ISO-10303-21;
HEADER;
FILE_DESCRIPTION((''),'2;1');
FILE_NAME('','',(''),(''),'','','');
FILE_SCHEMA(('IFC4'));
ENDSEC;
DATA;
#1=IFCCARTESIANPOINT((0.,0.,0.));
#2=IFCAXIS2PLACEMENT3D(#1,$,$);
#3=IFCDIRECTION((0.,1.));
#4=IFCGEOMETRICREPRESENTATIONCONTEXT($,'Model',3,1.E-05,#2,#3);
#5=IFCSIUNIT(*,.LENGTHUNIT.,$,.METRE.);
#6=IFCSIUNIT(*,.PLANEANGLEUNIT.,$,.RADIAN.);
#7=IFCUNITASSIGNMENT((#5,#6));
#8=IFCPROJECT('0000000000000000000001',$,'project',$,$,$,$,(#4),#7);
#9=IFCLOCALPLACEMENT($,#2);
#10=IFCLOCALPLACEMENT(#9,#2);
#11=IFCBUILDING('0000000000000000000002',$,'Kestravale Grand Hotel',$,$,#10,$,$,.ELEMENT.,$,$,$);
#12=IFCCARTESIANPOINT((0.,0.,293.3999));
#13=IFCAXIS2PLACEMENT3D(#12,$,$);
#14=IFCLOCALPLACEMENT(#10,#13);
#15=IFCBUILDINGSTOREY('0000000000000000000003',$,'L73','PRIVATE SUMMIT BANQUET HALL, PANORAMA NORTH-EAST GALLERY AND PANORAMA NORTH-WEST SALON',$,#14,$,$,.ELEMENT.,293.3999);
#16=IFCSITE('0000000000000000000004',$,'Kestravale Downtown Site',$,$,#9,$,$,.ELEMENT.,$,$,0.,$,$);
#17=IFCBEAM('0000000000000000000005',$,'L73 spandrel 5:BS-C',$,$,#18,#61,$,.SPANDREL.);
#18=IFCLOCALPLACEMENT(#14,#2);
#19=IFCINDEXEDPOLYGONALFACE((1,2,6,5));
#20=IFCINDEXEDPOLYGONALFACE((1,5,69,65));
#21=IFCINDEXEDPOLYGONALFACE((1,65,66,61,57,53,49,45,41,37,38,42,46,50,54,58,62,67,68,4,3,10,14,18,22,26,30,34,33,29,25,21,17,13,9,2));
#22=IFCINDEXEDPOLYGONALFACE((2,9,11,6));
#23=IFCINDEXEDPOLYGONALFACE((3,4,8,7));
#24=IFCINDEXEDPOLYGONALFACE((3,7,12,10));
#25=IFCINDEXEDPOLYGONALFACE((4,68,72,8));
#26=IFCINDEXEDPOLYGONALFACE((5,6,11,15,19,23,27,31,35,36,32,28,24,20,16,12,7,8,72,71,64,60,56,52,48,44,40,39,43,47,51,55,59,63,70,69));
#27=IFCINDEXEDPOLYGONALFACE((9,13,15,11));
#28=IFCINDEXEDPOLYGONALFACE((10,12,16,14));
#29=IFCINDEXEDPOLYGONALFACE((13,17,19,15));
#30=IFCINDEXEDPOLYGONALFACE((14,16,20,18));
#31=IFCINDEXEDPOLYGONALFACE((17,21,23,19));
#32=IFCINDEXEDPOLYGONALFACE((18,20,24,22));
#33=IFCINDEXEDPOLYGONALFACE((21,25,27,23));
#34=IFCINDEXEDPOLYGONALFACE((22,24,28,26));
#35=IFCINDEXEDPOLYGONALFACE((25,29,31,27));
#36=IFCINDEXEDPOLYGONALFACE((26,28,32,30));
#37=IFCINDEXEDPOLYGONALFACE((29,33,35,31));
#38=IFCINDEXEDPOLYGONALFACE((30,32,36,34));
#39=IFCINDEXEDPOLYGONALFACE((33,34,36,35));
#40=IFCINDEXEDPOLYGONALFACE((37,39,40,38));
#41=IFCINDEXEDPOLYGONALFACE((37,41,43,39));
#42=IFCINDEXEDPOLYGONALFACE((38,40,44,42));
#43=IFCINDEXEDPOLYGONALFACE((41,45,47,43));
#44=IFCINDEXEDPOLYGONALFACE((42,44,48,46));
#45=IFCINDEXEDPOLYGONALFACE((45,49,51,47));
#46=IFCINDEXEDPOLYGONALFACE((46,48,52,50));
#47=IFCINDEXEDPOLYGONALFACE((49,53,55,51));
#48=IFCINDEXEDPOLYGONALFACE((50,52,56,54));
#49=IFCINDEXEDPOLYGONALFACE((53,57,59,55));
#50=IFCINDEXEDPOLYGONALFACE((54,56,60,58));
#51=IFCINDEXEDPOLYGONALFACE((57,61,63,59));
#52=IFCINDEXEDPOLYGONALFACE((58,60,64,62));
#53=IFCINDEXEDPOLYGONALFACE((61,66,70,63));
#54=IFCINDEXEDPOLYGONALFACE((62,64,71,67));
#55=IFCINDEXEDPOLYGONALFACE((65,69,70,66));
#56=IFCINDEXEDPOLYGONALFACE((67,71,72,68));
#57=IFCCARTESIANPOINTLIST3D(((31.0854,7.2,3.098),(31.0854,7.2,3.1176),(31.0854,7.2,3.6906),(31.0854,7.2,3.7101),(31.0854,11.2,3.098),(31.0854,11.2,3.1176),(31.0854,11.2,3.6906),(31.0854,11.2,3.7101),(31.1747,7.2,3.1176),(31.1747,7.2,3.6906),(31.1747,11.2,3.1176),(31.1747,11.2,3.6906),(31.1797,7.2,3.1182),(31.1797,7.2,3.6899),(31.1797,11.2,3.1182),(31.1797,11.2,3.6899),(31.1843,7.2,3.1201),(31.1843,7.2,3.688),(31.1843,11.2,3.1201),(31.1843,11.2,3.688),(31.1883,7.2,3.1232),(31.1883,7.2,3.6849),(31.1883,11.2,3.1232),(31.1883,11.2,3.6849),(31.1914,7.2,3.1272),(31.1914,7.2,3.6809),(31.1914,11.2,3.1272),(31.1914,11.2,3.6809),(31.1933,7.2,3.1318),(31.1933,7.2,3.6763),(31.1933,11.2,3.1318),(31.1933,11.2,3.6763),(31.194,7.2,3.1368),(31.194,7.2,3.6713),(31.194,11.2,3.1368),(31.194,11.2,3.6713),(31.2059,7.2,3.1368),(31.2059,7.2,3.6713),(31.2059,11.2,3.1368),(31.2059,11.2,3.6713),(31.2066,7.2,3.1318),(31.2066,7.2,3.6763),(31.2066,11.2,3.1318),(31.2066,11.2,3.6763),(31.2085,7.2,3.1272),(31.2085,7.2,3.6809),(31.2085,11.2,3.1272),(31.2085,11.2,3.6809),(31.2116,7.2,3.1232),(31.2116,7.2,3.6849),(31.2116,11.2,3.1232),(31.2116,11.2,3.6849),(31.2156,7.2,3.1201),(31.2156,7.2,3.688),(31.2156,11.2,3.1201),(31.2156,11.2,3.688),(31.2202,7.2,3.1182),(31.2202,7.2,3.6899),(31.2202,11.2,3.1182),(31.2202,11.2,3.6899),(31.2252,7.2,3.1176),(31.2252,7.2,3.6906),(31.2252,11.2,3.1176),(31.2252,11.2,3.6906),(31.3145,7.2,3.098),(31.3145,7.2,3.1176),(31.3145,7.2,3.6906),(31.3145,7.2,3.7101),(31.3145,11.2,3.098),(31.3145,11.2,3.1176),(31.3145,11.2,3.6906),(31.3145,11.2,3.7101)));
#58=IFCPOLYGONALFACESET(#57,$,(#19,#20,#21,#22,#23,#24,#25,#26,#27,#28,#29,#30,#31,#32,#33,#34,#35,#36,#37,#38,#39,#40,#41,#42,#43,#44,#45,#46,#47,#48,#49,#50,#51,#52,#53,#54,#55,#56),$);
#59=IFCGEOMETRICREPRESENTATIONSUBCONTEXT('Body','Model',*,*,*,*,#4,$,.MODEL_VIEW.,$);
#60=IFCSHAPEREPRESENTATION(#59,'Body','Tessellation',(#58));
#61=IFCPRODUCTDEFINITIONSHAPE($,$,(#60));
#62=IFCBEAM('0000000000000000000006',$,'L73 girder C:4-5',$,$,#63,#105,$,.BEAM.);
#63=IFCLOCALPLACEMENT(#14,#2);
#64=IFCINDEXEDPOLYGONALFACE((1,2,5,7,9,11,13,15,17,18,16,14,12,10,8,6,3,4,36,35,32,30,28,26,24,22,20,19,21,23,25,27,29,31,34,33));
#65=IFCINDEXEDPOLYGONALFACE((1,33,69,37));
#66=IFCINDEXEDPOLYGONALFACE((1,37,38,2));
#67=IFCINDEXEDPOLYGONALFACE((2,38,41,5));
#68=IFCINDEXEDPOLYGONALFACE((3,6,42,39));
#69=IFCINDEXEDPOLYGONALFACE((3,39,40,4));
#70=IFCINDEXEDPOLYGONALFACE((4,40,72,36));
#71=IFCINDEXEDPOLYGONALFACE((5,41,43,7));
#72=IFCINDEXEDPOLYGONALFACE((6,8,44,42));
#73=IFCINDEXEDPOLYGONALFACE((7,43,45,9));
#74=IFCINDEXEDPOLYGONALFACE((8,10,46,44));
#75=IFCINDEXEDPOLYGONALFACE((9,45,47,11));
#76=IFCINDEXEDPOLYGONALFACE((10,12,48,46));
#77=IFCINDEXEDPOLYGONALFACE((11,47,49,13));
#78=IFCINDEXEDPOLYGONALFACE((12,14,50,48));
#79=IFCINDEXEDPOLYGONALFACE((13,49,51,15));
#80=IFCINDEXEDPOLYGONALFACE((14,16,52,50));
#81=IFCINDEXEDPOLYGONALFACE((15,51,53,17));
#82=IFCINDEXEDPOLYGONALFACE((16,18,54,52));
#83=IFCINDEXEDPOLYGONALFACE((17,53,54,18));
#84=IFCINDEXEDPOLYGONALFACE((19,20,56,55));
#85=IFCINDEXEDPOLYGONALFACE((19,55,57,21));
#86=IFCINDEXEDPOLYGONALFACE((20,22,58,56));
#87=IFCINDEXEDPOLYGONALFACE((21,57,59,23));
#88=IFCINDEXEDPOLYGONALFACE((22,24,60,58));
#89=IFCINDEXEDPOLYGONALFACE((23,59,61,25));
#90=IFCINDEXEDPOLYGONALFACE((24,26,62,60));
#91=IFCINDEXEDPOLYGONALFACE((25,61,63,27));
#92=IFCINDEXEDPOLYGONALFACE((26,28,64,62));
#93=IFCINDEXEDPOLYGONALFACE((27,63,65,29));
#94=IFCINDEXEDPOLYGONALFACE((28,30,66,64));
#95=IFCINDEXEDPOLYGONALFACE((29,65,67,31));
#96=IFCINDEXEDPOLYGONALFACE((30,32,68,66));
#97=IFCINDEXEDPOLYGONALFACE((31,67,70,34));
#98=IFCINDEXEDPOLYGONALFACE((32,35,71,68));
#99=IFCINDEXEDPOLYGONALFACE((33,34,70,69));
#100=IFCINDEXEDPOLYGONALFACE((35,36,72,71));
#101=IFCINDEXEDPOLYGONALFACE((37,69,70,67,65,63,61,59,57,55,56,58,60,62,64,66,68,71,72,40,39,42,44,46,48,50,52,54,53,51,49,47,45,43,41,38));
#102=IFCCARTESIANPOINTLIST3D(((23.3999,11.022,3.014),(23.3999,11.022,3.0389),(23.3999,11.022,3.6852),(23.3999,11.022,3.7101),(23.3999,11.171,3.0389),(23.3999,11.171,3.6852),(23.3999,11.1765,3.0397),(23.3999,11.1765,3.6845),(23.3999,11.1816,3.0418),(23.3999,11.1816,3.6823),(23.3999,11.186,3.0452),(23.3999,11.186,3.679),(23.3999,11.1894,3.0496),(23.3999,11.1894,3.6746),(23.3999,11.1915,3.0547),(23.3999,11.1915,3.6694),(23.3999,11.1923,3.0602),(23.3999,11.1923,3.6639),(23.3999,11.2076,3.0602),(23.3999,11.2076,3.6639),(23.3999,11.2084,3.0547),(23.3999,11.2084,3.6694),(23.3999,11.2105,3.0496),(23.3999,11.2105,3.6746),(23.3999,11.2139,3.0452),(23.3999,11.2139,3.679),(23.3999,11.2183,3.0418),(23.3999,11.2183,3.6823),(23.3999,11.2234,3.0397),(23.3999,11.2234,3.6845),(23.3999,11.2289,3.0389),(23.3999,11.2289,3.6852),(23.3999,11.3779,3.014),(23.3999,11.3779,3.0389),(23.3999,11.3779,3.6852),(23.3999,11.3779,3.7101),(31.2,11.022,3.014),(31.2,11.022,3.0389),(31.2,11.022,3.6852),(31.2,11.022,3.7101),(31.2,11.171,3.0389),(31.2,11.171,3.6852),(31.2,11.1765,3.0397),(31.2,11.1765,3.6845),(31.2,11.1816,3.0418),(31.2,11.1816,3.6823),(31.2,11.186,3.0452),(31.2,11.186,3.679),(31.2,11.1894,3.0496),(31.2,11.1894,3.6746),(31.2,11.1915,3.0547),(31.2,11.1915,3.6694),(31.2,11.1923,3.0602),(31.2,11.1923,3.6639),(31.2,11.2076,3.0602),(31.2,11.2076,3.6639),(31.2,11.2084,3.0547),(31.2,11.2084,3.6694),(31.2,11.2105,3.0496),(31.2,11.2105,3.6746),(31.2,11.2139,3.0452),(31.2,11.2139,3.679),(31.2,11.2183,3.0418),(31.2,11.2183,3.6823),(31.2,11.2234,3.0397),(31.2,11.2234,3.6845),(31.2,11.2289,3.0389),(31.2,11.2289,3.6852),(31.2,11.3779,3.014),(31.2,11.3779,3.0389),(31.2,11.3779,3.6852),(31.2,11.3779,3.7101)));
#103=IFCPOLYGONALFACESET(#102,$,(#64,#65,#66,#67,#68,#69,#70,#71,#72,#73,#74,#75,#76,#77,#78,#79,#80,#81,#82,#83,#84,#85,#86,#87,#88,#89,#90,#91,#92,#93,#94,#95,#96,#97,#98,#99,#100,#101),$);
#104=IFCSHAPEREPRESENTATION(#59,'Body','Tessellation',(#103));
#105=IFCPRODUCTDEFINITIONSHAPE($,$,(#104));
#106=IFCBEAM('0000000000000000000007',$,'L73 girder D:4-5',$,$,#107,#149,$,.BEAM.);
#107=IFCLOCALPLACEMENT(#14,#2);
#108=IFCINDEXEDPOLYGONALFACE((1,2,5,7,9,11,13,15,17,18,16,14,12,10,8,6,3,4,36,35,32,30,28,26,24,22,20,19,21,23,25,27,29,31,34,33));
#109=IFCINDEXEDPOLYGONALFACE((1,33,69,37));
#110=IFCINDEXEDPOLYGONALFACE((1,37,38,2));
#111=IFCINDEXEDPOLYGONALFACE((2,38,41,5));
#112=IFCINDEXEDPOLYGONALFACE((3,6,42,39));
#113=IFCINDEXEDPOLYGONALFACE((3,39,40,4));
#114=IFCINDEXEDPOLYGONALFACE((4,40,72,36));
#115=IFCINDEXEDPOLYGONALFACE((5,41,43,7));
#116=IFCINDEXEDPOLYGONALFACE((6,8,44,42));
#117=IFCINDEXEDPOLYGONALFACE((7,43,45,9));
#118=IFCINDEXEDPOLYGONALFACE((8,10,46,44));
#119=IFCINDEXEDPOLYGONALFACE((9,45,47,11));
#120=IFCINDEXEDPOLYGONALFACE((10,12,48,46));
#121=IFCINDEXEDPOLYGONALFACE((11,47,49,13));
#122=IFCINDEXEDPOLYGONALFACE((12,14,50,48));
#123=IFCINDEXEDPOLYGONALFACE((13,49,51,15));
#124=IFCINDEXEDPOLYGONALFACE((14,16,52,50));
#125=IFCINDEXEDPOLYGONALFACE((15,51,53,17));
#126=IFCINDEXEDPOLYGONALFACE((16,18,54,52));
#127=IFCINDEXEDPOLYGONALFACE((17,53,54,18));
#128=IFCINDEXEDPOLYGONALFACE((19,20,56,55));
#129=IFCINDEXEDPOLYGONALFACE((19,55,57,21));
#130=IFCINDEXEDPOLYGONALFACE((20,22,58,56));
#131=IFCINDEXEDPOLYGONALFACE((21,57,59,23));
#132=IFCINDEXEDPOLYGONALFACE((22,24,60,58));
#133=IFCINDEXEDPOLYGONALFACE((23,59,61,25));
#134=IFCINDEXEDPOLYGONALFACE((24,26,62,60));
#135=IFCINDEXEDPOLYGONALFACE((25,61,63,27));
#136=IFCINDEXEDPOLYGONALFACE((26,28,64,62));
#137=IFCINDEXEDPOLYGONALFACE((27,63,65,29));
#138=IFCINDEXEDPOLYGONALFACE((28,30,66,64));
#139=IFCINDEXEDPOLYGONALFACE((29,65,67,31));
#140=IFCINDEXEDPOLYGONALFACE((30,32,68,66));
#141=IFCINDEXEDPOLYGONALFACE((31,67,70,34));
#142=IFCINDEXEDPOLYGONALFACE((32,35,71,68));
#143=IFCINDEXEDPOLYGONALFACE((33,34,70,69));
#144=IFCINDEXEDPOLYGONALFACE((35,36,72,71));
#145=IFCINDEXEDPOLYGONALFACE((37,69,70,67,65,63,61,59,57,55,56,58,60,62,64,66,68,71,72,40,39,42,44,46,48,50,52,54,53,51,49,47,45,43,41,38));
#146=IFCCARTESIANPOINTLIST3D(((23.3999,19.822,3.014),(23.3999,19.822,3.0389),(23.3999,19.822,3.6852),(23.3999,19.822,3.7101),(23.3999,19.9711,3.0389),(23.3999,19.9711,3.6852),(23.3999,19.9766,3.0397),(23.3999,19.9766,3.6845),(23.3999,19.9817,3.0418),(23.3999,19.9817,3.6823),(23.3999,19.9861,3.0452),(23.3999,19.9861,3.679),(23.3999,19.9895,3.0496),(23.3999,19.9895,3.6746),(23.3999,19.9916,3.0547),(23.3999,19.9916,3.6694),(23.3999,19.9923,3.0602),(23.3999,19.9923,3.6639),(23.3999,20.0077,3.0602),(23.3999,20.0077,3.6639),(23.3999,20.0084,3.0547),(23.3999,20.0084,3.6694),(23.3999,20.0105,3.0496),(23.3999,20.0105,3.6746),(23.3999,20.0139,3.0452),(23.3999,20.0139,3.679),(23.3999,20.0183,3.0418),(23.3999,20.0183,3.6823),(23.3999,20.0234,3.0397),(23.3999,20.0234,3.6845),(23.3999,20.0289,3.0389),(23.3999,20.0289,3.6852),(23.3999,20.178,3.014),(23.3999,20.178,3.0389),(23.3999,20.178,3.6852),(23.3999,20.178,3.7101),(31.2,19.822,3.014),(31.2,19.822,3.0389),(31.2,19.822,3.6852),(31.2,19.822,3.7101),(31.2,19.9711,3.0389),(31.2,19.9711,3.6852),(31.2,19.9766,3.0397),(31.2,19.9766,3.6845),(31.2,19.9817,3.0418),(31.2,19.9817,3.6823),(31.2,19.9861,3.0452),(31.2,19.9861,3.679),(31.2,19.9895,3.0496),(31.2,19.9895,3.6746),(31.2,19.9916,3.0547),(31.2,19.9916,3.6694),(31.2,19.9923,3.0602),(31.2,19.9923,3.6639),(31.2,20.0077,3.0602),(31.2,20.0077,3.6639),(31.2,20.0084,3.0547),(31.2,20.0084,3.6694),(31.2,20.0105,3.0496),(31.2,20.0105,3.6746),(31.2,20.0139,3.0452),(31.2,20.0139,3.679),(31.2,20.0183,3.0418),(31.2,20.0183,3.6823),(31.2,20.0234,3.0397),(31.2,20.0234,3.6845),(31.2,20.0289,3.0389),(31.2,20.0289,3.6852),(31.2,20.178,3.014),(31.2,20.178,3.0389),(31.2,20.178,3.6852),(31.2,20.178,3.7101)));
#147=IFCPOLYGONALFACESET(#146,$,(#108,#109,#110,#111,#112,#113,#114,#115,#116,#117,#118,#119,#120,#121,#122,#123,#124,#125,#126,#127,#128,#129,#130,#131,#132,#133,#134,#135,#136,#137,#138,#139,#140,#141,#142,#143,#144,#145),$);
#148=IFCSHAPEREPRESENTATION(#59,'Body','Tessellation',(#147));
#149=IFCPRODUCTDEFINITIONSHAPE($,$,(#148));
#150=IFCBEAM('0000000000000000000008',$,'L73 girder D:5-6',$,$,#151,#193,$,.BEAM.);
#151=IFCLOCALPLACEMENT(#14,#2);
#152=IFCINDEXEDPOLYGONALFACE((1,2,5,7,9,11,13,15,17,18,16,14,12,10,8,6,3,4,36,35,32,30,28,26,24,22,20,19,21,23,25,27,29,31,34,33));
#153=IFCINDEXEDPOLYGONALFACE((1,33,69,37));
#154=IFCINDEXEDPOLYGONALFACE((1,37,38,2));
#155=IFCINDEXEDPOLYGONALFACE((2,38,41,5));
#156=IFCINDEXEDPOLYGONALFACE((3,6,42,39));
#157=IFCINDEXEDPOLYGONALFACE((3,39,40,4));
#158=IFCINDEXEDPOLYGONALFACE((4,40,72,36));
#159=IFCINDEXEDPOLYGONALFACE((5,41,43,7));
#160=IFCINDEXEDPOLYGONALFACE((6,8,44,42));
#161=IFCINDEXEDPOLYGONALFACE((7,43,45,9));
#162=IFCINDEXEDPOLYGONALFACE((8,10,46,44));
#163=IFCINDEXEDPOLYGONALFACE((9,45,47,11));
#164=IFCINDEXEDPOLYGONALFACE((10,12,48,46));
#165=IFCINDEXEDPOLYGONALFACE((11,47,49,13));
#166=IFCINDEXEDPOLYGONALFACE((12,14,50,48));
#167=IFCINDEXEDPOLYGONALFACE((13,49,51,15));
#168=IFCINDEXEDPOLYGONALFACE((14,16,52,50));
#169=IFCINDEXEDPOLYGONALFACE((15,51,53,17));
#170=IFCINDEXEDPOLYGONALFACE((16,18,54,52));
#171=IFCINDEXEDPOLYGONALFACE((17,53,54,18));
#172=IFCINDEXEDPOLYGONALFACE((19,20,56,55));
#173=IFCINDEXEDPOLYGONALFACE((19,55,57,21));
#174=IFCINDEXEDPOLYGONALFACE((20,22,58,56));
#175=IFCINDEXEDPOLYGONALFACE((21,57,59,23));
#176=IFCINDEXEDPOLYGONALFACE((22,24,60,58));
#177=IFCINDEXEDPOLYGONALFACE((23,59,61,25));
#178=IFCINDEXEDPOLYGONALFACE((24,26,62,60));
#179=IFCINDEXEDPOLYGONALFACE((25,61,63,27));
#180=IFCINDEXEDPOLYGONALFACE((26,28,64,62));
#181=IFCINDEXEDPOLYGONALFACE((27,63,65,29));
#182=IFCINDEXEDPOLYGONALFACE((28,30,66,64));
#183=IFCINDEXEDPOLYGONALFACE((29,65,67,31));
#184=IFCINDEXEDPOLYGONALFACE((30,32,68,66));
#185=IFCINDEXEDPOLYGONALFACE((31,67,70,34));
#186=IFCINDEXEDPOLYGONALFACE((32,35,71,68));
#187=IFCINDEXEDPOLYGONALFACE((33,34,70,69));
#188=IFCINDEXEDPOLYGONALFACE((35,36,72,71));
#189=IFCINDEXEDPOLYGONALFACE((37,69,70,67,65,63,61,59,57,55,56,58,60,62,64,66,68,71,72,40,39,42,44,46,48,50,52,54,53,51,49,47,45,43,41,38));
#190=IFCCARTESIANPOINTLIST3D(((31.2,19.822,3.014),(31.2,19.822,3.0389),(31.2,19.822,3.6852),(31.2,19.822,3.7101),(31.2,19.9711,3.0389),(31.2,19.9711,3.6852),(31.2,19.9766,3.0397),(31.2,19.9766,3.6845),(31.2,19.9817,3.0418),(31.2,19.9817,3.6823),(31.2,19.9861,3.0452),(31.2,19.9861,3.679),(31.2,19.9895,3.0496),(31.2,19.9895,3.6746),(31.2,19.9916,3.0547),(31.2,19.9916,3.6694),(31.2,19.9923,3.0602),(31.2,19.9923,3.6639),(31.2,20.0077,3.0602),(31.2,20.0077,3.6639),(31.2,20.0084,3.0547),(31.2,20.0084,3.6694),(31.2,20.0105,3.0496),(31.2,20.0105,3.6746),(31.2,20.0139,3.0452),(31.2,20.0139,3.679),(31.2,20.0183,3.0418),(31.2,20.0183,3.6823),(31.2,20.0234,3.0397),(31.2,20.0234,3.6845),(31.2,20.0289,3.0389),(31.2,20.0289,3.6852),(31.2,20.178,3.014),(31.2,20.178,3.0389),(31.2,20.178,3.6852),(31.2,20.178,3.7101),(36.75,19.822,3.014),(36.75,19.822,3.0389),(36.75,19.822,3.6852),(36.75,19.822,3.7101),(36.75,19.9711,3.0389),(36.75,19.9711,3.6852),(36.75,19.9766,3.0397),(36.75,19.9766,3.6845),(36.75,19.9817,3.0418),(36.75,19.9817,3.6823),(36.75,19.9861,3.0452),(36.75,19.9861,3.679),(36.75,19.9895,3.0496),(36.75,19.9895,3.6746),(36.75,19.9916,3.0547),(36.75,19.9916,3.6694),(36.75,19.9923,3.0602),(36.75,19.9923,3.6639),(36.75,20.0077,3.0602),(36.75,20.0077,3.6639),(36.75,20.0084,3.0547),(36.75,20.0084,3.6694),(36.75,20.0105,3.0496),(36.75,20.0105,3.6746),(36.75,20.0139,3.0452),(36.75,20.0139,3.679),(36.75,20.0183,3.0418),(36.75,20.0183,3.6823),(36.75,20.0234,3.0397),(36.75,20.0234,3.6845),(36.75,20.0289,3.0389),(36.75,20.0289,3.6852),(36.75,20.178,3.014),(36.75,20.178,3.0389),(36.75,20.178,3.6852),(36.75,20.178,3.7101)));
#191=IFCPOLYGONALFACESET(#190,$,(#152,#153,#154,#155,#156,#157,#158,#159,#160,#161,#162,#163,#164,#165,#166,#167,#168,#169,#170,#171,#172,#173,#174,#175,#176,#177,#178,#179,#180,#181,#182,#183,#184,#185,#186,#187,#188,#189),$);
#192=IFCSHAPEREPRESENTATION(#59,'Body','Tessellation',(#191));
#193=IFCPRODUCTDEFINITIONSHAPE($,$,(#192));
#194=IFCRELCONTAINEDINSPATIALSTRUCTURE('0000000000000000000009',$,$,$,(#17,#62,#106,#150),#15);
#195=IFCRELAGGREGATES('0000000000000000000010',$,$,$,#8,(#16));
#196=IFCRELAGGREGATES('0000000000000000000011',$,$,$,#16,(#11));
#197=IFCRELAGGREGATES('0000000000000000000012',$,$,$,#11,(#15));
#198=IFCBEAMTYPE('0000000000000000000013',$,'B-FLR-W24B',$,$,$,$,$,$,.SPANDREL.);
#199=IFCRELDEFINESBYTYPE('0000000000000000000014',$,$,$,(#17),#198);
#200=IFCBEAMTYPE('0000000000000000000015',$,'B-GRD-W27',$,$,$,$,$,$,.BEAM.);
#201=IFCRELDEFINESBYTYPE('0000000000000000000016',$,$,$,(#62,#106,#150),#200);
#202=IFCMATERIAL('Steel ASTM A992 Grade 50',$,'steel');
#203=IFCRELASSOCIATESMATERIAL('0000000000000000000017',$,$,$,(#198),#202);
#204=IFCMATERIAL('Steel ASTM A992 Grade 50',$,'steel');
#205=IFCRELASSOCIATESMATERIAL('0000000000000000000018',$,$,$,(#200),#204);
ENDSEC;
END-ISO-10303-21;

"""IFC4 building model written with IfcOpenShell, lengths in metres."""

from ifc_helpers import new_model, si_unit, direction, frame, origin, origin_2d, place, context, subcontext, project, spatial, i_section, extrude, material, material_profile, profile_set, type_object, element, save


model = new_model("IFC4")

# Units and contexts
model_context = context("Model", 3, precision=1e-05, world=origin(), true_north=direction((0.0, 1.0)))
body_context = subcontext(model_context, "Body", "Model", "MODEL_VIEW")
ifc_project = project(units=[si_unit("LENGTHUNIT", "METRE"), si_unit("PLANEANGLEUNIT", "RADIAN")], contexts=[model_context])

# Site, building, storey
site_placement = place(None, origin())
site = spatial("IfcSite", under=ifc_project, at=site_placement, Name="Kestravale Downtown Site", CompositionType="ELEMENT", RefElevation=0.0)
building_placement = place(site_placement, origin())
building = spatial("IfcBuilding", under=site, at=building_placement, Name="Kestravale Grand Hotel", CompositionType="ELEMENT")
storey_placement = place(building_placement, frame((0.0, 0.0, 293.3999)))
storey = spatial("IfcBuildingStorey", under=building, at=storey_placement, Name="L73", Description="PRIVATE SUMMIT BANQUET HALL, PANORAMA NORTH-EAST GALLERY AND PANORAMA NORTH-WEST SALON", CompositionType="ELEMENT", Elevation=293.3999)

# Beams
ifc_material_1 = material(Name="Steel ASTM A992 Grade 50", Category="steel")
ifc_material_profile_1 = material_profile(ifc_material_1, i_section(OverallWidth=0.229, OverallDepth=0.6121, WebThickness=0.012, FlangeThickness=0.0195, FilletRadius=0.0193, at=origin_2d()))
ifc_profile_set_1 = profile_set([ifc_material_profile_1], Name="Steel ASTM A992 Grade 50")
beam_type_1 = type_object("IfcBeamType", Name="B-FLR-W24B", PredefinedType="SPANDREL", material=ifc_profile_set_1)
for number, where, z_axis, x_axis, name in (
    (1, (31.2, 7.2, 3.4041), (0.0, 1.0, 0.0), (-1.0, 0.0, 0.0), "L73 spandrel 5:BS-C"),
):
    element("IfcBeam", number, at=place(storey_placement, frame(where, z_axis=z_axis, x_axis=x_axis)), inside=storey, type_object=beam_type_1, Name=name, PredefinedType="SPANDREL", context=body_context, shape_type="SweptSolid", body=[
        extrude(i_section(OverallWidth=0.229, OverallDepth=0.6121, WebThickness=0.012, FlangeThickness=0.0195, FilletRadius=0.0193, at=origin_2d()), origin(), (0.0, 0.0, 1.0), 4.0),
    ])
ifc_material_2 = material(Name="Steel ASTM A992 Grade 50", Category="steel")
ifc_material_profile_2 = material_profile(ifc_material_2, i_section(OverallWidth=0.356, OverallDepth=0.696, WebThickness=0.0154, FlangeThickness=0.0249, FilletRadius=0.0212, at=origin_2d()))
ifc_profile_set_2 = profile_set([ifc_material_profile_2], Name="Steel ASTM A992 Grade 50")
beam_type_2 = type_object("IfcBeamType", Name="B-GRD-W27", PredefinedType="BEAM", material=ifc_profile_set_2)
for number, where, z_axis, x_axis, name in (
    (2, (23.3999, 11.2, 3.3621), (1.0, 0.0, 0.0), (0.0, 1.0, 0.0), "L73 girder C:4-5"),
    (3, (23.3999, 20.0, 3.3621), (1.0, 0.0, 0.0), (0.0, 1.0, 0.0), "L73 girder D:4-5"),
):
    element("IfcBeam", number, at=place(storey_placement, frame(where, z_axis=z_axis, x_axis=x_axis)), inside=storey, type_object=beam_type_2, Name=name, PredefinedType="BEAM", context=body_context, shape_type="SweptSolid", body=[
        extrude(i_section(OverallWidth=0.356, OverallDepth=0.696, WebThickness=0.0154, FlangeThickness=0.0249, FilletRadius=0.0212, at=origin_2d()), origin(), (0.0, 0.0, 1.0), 7.8),
    ])
beam_1_placement = place(storey_placement, frame((31.2, 20.0, 3.3621), z_axis=(1.0, 0.0, 0.0), x_axis=(0.0, 1.0, 0.0)))
element("IfcBeam", 4, at=beam_1_placement, inside=storey, type_object=beam_type_2, Name="L73 girder D:5-6", PredefinedType="BEAM", context=body_context, shape_type="SweptSolid", body=[
    extrude(i_section(OverallWidth=0.356, OverallDepth=0.696, WebThickness=0.0154, FlangeThickness=0.0249, FilletRadius=0.0212, at=origin_2d()), origin(), (0.0, 0.0, 1.0), 5.55),
])

save(model, "model.ifc")
